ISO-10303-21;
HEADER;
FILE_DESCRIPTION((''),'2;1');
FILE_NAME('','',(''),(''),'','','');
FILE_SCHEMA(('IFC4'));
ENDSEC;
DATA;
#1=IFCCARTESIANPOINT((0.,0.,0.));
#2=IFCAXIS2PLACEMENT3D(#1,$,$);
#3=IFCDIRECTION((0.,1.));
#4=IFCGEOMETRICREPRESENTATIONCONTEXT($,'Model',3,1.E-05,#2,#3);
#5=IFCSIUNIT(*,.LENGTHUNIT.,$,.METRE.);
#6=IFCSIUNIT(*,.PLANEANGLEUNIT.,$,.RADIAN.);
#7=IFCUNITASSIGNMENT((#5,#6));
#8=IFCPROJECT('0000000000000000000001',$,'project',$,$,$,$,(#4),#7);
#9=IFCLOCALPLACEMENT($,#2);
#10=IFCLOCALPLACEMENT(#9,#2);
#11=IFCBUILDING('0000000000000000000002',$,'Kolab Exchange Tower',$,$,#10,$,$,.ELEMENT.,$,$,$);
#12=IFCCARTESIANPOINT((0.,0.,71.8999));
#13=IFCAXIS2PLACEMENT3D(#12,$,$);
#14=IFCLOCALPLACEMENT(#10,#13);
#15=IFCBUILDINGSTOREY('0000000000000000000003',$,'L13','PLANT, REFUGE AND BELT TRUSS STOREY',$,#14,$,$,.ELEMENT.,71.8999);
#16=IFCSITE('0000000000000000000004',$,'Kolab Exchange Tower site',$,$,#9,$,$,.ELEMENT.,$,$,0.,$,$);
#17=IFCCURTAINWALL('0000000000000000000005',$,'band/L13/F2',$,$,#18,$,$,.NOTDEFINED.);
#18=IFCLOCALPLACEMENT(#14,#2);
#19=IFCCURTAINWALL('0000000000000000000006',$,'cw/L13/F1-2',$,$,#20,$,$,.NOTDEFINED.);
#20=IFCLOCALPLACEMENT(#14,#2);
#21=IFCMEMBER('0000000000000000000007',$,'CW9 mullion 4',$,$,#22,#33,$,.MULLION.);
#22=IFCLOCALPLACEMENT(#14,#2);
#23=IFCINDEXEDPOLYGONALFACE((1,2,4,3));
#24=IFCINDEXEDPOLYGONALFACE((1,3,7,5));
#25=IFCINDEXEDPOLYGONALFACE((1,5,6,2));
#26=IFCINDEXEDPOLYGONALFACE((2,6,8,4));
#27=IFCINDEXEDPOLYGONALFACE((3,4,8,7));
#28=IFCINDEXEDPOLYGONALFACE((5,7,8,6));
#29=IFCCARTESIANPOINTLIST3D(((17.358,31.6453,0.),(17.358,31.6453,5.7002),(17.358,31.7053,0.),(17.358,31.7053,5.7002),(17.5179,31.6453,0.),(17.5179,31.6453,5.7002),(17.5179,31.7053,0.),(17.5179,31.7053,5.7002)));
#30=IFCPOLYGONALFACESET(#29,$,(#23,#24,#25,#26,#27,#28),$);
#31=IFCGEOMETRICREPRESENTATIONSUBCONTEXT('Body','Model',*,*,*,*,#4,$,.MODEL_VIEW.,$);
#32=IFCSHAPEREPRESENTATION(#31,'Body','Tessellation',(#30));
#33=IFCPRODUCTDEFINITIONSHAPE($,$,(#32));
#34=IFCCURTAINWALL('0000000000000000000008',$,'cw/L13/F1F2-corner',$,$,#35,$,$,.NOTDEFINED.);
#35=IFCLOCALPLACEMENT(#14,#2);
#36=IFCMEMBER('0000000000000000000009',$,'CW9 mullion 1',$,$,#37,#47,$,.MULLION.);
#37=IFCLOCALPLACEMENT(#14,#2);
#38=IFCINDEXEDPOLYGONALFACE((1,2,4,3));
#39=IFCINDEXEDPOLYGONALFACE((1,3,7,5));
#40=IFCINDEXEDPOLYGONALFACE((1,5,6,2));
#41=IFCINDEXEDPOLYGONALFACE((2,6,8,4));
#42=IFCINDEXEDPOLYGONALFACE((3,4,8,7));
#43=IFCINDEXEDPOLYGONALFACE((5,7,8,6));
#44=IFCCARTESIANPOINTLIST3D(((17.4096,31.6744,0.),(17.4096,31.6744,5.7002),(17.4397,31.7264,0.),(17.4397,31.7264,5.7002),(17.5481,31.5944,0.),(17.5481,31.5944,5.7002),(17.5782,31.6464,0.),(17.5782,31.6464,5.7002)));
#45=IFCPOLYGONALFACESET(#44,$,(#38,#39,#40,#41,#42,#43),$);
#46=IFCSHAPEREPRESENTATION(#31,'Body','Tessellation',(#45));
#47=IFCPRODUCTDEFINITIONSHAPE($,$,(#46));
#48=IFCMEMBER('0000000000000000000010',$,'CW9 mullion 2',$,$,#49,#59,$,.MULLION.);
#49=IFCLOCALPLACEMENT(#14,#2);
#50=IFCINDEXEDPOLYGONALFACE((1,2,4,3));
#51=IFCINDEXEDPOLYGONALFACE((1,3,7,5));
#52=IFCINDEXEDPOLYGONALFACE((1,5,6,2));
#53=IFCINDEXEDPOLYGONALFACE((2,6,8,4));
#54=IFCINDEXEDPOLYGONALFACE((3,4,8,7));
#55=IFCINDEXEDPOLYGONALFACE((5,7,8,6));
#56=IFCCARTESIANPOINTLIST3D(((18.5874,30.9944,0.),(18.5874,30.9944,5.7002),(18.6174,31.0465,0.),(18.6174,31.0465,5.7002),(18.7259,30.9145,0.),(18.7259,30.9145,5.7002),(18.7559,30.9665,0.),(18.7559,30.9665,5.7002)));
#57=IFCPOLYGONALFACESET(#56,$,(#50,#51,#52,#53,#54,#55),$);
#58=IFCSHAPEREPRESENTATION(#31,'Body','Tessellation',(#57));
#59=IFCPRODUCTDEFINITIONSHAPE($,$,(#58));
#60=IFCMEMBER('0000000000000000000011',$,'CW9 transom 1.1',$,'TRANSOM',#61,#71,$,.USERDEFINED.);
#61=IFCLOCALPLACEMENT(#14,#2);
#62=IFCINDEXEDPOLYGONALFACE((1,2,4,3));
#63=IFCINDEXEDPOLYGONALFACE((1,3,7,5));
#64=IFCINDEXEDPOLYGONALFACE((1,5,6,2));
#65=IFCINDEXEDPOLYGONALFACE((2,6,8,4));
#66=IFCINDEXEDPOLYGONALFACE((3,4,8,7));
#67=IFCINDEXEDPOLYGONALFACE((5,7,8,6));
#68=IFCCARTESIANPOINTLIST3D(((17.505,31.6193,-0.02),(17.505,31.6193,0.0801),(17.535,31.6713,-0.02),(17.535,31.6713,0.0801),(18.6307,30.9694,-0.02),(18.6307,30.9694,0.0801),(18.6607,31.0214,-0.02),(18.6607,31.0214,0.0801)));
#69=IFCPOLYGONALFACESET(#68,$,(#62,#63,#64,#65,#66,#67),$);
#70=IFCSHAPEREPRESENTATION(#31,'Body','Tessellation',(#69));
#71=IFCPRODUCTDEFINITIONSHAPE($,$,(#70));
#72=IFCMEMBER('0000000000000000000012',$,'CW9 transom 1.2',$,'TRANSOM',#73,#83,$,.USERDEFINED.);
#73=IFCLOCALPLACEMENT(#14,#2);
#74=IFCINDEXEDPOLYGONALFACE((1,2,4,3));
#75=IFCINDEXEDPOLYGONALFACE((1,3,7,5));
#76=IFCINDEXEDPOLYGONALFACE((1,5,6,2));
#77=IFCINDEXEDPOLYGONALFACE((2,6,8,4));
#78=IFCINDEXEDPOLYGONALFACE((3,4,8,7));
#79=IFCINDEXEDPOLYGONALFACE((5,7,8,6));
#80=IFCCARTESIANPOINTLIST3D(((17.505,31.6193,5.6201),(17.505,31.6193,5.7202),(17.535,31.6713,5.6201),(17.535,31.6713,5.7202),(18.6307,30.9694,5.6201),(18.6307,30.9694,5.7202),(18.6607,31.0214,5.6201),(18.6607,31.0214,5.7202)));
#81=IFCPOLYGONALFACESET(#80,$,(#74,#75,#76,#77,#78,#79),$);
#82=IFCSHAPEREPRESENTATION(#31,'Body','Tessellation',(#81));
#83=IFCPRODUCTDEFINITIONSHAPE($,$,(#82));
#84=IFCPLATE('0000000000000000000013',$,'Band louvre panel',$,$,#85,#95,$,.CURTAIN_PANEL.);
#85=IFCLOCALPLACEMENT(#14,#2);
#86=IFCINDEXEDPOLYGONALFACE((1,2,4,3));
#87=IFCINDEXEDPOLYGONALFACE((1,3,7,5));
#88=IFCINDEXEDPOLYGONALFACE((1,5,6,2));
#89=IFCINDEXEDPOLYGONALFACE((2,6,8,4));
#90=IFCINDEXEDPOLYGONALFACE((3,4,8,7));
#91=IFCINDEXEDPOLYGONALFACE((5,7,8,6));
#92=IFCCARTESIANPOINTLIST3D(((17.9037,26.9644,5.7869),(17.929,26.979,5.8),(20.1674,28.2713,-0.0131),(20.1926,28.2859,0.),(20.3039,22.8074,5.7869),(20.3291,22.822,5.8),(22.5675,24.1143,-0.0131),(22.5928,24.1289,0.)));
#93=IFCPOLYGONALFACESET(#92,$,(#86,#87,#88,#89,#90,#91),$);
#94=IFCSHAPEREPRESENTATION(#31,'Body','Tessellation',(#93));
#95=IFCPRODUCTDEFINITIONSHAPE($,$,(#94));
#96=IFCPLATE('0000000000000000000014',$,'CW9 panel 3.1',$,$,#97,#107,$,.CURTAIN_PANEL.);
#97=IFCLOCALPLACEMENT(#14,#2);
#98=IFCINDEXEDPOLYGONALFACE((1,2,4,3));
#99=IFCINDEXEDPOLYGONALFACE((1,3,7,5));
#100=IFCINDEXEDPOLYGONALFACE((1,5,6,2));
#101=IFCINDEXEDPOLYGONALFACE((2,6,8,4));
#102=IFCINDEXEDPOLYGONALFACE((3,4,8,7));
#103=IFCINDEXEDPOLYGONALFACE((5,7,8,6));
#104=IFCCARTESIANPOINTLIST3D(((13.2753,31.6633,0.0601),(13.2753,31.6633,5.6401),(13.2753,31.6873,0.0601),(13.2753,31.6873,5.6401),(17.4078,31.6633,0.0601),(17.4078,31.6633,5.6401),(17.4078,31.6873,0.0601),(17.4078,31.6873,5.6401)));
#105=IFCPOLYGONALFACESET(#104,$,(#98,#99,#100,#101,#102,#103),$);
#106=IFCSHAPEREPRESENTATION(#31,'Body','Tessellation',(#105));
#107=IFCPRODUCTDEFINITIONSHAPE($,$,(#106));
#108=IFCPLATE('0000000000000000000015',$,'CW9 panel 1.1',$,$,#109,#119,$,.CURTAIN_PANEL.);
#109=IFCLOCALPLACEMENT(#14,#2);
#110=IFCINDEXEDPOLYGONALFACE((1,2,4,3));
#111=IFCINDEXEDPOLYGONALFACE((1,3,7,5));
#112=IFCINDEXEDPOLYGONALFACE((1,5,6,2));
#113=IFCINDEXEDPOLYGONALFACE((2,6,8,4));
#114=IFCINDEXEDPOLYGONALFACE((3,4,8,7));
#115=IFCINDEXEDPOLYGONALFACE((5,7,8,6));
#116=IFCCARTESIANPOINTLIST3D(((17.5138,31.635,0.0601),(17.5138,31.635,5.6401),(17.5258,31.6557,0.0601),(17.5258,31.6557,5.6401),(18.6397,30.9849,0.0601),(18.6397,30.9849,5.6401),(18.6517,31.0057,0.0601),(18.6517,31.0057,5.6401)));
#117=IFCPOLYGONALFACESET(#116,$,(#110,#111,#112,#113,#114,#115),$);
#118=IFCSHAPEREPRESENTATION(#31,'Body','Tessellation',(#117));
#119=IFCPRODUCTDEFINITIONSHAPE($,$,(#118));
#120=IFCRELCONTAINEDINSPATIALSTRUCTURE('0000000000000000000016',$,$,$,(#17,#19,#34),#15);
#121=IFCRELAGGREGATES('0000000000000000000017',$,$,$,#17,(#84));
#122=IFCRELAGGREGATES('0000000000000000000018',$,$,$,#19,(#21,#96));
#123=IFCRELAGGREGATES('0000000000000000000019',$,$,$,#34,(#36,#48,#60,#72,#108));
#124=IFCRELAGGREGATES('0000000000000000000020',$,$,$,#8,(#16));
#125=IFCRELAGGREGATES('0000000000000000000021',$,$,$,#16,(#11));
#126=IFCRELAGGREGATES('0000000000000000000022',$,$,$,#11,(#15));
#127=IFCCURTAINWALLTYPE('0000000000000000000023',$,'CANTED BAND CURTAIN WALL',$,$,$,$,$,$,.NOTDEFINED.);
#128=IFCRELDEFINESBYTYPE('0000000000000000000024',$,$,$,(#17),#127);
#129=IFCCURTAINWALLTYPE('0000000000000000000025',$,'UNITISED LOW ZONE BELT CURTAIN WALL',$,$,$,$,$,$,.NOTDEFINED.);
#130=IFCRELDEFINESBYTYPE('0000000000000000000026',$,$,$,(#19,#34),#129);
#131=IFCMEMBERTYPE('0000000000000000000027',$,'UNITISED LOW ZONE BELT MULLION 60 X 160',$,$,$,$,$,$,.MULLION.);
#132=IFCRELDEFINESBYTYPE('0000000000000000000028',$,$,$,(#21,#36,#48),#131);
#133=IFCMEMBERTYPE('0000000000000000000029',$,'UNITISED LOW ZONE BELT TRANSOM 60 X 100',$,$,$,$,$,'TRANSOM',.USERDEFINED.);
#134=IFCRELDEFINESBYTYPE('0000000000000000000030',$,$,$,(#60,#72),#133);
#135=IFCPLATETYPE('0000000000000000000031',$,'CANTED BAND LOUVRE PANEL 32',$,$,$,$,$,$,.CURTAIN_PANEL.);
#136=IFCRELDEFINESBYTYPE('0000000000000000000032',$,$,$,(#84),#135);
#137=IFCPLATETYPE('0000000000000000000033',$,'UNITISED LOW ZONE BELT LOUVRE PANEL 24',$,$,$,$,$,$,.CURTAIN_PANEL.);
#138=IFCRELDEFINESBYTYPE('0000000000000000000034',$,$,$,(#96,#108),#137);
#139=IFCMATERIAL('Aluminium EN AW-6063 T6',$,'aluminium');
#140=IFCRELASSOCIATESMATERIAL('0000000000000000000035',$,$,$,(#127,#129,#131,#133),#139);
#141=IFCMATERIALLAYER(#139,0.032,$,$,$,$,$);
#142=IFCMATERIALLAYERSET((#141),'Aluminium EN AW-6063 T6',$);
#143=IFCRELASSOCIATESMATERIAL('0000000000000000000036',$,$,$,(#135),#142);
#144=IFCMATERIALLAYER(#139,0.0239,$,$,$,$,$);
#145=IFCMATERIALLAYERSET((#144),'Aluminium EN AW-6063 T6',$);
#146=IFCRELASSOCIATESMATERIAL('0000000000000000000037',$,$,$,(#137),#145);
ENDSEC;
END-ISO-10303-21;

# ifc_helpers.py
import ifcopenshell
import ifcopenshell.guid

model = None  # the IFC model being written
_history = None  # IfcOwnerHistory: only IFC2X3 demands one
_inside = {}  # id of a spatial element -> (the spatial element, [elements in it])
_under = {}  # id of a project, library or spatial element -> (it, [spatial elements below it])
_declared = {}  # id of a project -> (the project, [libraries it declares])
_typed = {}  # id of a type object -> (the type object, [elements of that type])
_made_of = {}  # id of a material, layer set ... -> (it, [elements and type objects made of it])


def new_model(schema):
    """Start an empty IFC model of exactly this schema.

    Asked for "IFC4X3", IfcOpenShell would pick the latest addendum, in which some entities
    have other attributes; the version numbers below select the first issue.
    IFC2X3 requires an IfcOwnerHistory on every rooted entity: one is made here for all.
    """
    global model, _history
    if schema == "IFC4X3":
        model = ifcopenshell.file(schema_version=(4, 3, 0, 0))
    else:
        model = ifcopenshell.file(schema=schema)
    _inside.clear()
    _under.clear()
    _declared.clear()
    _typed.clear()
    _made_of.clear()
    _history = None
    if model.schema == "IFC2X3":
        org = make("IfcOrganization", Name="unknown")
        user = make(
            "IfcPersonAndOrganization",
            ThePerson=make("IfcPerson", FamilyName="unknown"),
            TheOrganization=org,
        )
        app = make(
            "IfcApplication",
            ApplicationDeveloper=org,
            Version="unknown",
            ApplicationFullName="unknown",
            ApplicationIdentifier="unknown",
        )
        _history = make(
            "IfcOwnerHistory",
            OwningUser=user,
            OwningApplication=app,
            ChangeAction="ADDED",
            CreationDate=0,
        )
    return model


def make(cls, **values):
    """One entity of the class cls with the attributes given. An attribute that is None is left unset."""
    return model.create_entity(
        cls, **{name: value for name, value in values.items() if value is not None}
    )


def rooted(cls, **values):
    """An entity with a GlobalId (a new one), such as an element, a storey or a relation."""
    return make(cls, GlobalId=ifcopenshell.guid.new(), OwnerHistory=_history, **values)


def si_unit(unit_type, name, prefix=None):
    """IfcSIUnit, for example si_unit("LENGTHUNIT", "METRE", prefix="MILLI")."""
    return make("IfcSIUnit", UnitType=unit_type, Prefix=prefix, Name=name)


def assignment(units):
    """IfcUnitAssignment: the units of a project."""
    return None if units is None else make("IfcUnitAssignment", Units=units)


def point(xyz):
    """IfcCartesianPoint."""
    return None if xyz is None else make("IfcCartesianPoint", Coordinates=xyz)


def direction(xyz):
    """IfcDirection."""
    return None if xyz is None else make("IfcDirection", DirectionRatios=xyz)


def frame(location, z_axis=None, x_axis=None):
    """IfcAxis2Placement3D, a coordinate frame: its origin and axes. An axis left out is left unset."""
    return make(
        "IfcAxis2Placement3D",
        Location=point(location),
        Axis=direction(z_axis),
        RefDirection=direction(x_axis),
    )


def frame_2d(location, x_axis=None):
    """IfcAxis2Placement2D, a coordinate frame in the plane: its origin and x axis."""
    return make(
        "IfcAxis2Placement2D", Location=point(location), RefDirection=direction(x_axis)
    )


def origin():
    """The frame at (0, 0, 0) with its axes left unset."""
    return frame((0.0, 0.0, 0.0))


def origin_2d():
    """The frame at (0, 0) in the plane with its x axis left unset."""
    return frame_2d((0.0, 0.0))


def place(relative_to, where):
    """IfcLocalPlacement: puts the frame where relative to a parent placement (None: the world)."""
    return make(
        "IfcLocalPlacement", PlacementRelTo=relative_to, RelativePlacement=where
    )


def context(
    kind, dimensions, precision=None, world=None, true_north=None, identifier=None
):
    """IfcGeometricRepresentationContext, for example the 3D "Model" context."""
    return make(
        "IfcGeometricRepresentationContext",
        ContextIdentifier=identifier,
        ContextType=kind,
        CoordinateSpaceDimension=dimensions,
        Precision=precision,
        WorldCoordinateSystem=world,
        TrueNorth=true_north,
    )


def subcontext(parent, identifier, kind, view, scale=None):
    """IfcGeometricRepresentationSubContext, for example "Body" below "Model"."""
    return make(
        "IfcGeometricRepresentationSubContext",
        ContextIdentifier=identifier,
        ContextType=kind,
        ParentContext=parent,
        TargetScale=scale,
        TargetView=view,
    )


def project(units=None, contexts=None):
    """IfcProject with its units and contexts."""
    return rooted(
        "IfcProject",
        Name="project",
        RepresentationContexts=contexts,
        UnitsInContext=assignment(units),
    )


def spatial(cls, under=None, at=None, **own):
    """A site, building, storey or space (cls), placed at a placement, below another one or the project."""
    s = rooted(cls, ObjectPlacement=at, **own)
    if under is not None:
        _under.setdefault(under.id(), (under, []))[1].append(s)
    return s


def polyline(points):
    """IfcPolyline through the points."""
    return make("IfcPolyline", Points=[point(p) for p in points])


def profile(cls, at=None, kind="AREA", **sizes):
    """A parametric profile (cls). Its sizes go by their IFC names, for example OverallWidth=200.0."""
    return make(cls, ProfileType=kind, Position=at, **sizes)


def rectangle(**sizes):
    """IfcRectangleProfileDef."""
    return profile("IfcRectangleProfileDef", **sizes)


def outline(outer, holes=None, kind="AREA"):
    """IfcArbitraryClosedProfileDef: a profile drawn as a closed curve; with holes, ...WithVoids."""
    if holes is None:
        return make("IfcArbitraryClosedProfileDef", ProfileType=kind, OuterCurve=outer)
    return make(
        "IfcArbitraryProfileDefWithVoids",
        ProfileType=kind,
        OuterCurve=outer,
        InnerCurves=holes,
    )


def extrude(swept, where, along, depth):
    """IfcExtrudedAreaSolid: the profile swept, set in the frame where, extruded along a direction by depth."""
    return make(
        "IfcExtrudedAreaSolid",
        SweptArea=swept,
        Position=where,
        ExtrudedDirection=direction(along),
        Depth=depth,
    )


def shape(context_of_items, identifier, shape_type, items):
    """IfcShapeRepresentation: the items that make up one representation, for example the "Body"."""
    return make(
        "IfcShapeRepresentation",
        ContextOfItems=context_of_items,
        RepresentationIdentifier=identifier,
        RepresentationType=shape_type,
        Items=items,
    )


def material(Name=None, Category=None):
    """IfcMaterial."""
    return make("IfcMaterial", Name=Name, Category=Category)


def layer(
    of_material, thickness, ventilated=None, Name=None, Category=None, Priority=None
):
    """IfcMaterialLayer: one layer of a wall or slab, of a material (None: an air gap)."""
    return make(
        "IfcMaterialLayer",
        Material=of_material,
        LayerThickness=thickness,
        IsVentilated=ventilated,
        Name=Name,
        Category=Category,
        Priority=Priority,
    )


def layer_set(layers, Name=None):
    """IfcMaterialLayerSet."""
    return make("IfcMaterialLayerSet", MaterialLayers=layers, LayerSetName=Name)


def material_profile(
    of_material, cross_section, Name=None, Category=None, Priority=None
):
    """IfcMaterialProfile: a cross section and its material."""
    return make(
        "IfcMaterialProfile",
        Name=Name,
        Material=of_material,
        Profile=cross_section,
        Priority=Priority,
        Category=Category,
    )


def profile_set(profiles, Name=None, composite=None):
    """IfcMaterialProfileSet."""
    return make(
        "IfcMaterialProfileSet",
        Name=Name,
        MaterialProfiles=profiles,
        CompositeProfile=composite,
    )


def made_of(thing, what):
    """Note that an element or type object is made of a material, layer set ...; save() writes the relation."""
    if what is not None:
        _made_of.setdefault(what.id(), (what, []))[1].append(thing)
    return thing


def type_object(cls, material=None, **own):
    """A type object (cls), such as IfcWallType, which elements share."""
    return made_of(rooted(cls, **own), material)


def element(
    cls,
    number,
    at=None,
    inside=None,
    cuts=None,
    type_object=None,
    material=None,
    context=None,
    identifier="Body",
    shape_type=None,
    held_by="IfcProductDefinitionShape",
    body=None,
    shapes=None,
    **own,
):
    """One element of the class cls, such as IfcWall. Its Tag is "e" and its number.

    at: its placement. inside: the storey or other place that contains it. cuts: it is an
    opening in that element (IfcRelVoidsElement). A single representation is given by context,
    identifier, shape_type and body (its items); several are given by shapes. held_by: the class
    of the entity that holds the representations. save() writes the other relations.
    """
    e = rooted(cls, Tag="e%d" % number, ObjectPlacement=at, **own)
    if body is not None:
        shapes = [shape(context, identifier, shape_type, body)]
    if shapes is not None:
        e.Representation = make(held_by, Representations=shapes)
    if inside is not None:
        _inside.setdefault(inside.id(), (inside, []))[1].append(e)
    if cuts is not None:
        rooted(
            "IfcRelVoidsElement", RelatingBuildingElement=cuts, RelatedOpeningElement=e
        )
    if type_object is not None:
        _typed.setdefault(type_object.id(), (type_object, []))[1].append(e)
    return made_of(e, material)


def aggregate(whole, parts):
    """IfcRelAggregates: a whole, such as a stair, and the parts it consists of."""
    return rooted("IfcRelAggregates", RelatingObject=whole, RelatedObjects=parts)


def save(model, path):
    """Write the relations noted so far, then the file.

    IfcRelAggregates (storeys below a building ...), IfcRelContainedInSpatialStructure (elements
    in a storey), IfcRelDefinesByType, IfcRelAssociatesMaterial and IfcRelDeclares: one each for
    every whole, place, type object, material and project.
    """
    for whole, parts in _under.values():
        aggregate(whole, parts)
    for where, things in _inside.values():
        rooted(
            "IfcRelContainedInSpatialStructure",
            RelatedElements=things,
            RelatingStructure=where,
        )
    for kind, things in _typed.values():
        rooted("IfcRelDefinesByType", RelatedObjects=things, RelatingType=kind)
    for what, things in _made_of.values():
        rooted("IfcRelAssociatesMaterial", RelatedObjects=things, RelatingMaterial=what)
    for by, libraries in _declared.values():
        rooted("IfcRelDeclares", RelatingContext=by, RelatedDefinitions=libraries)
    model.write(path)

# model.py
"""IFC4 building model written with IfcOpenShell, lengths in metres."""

from ifc_helpers import new_model, si_unit, direction, frame, origin, origin_2d, place, context, subcontext, project, spatial, polyline, rectangle, outline, extrude, material, layer, layer_set, material_profile, profile_set, type_object, element, aggregate, save


model = new_model("IFC4")

# Units and contexts
model_context = context("Model", 3, precision=1e-05, world=origin(), true_north=direction((0.0, 1.0)))
body_context = subcontext(model_context, "Body", "Model", "MODEL_VIEW")
ifc_project = project(units=[si_unit("LENGTHUNIT", "METRE"), si_unit("PLANEANGLEUNIT", "RADIAN")], contexts=[model_context])

# Site, building, storey
site_placement = place(None, origin())
site = spatial("IfcSite", under=ifc_project, at=site_placement, Name="Kolab Exchange Tower site", CompositionType="ELEMENT", RefElevation=0.0)
building_placement = place(site_placement, origin())
building = spatial("IfcBuilding", under=site, at=building_placement, Name="Kolab Exchange Tower", CompositionType="ELEMENT")
storey_placement = place(building_placement, frame((0.0, 0.0, 71.8999)))
storey = spatial("IfcBuildingStorey", under=building, at=storey_placement, Name="L13", Description="PLANT, REFUGE AND BELT TRUSS STOREY", CompositionType="ELEMENT", Elevation=71.8999)

# Curtain wall
ifc_material_1 = material(Name="Aluminium EN AW-6063 T6", Category="aluminium")
curtain_wall_type_1 = type_object("IfcCurtainWallType", Name="CANTED BAND CURTAIN WALL", PredefinedType="NOTDEFINED", material=ifc_material_1)
curtain_wall_1_placement = place(storey_placement, origin())
curtain_wall_1 = element("IfcCurtainWall", 1, at=curtain_wall_1_placement, inside=storey, type_object=curtain_wall_type_1, Name="band/L13/F2", PredefinedType="NOTDEFINED")

# Curtain wall, member
curtain_wall_type_2 = type_object("IfcCurtainWallType", Name="UNITISED LOW ZONE BELT CURTAIN WALL", PredefinedType="NOTDEFINED", material=ifc_material_1)
curtain_wall_2_placement = place(storey_placement, origin())
curtain_wall_2 = element("IfcCurtainWall", 2, at=curtain_wall_2_placement, inside=storey, type_object=curtain_wall_type_2, Name="cw/L13/F1-2", PredefinedType="NOTDEFINED")
ifc_material_profile_1 = material_profile(ifc_material_1, rectangle(XDim=0.0601, YDim=0.1599, at=origin_2d()), Name="RECT 60X160")
ifc_profile_set_1 = profile_set([ifc_material_profile_1], Name="Aluminium EN AW-6063 T6")
member_type_1 = type_object("IfcMemberType", Name="UNITISED LOW ZONE BELT MULLION 60 X 160", PredefinedType="MULLION", material=ifc_profile_set_1)
member_1_placement = place(storey_placement, frame((17.438, 31.6753, 0.0), z_axis=(0.0, 0.0, 1.0), x_axis=(0.0, 1.0, 0.0)))
member_1 = element("IfcMember", 3, at=member_1_placement, type_object=member_type_1, Name="CW9 mullion 4", PredefinedType="MULLION", context=body_context, shape_type="SweptSolid", body=[
    extrude(rectangle(XDim=0.0601, YDim=0.1599, at=origin_2d()), origin(), (0.0, 0.0, 1.0), 5.7002),
])

# Curtain wall, members
curtain_wall_3_placement = place(storey_placement, origin())
curtain_wall_3 = element("IfcCurtainWall", 4, at=curtain_wall_3_placement, inside=storey, type_object=curtain_wall_type_2, Name="cw/L13/F1F2-corner", PredefinedType="NOTDEFINED")
member_2_placement = place(storey_placement, frame((17.4939, 31.6604, 0.0), z_axis=(0.0, 0.0, 1.0), x_axis=(0.5, 0.866025, 0.0)))
member_2 = element("IfcMember", 5, at=member_2_placement, type_object=member_type_1, Name="CW9 mullion 1", PredefinedType="MULLION", context=body_context, shape_type="SweptSolid", body=[
    extrude(rectangle(XDim=0.0601, YDim=0.1599, at=origin_2d()), origin(), (0.0, 0.0, 1.0), 5.7002),
])
member_3_placement = place(storey_placement, frame((18.6716, 30.9805, 0.0), z_axis=(0.0, 0.0, 1.0), x_axis=(0.5, 0.866025, 0.0)))
member_3 = element("IfcMember", 6, at=member_3_placement, type_object=member_type_1, Name="CW9 mullion 2", PredefinedType="MULLION", context=body_context, shape_type="SweptSolid", body=[
    extrude(rectangle(XDim=0.0601, YDim=0.1599, at=origin_2d()), origin(), (0.0, 0.0, 1.0), 5.7002),
])
ifc_material_profile_2 = material_profile(ifc_material_1, rectangle(XDim=0.0601, YDim=0.1001, at=origin_2d()), Name="RECT 60X100")
ifc_profile_set_2 = profile_set([ifc_material_profile_2], Name="Aluminium EN AW-6063 T6")
member_type_2 = type_object("IfcMemberType", Name="UNITISED LOW ZONE BELT TRANSOM 60 X 100", ElementType="TRANSOM", PredefinedType="USERDEFINED", material=ifc_profile_set_2)
member_4_placement = place(storey_placement, frame((17.52, 31.6453, 0.03), z_axis=(0.866039, -0.499977, 0.0), x_axis=(0.499977, 0.866039, 0.0)))
member_4 = element("IfcMember", 7, at=member_4_placement, type_object=member_type_2, Name="CW9 transom 1.1", ObjectType="TRANSOM", PredefinedType="USERDEFINED", context=body_context, shape_type="SweptSolid", body=[
    extrude(rectangle(XDim=0.0601, YDim=0.1001, at=origin_2d()), origin(), (0.0, 0.0, 1.0), 1.2998),
])
member_5_placement = place(storey_placement, frame((17.52, 31.6453, 5.6702), z_axis=(0.866039, -0.499977, 0.0), x_axis=(0.499977, 0.866039, 0.0)))
member_5 = element("IfcMember", 8, at=member_5_placement, type_object=member_type_2, Name="CW9 transom 1.2", ObjectType="TRANSOM", PredefinedType="USERDEFINED", context=body_context, shape_type="SweptSolid", body=[
    extrude(rectangle(XDim=0.0601, YDim=0.1001, at=origin_2d()), origin(), (0.0, 0.0, 1.0), 1.2998),
])

# Plates
ifc_layer_1 = layer(ifc_material_1, 0.032)
ifc_layer_set_1 = layer_set([ifc_layer_1], Name="Aluminium EN AW-6063 T6")
plate_type_1 = type_object("IfcPlateType", Name="CANTED BAND LOUVRE PANEL 32", PredefinedType="CURTAIN_PANEL", material=ifc_layer_set_1)
plate_1_placement = place(storey_placement, frame((20.1926, 28.2859, 0.0), z_axis=(0.789543, 0.455864, 0.410864), x_axis=(0.500017, -0.866015, 0.0)))
plate_1 = element("IfcPlate", 9, at=plate_1_placement, type_object=plate_type_1, Name="Band louvre panel", PredefinedType="CURTAIN_PANEL", context=body_context, shape_type="SweptSolid", body=[
    extrude(outline(polyline([(0.0, 0.0), (4.8001, 0.0), (4.8, -6.3618), (-0.0001, -6.3618), (0.0, 0.0)])), origin(), (0.0, 0.0, -1.0), 0.032),
])
aggregate(curtain_wall_1, [plate_1])
ifc_layer_2 = layer(ifc_material_1, 0.0239)
ifc_layer_set_2 = layer_set([ifc_layer_2], Name="Aluminium EN AW-6063 T6")
plate_type_2 = type_object("IfcPlateType", Name="UNITISED LOW ZONE BELT LOUVRE PANEL 24", PredefinedType="CURTAIN_PANEL", material=ifc_layer_set_2)
plate_2_placement = place(storey_placement, frame((15.3416, 31.6753, 0.0601), z_axis=(0.0, 0.0, 1.0), x_axis=(1.0, 0.0, 0.0)))
plate_2 = element("IfcPlate", 10, at=plate_2_placement, type_object=plate_type_2, Name="CW9 panel 3.1", PredefinedType="CURTAIN_PANEL", context=body_context, shape_type="SweptSolid", body=[
    extrude(rectangle(XDim=4.1326, YDim=0.0239, at=origin_2d()), origin(), (0.0, 0.0, 1.0), 5.5801),
])
aggregate(curtain_wall_2, [member_1, plate_2])
plate_3_placement = place(storey_placement, frame((18.0828, 31.3203, 0.0601), z_axis=(0.0, 0.0, 1.0), x_axis=(0.866025, -0.5, 0.0)))
plate_3 = element("IfcPlate", 11, at=plate_3_placement, type_object=plate_type_2, Name="CW9 panel 1.1", PredefinedType="CURTAIN_PANEL", context=body_context, shape_type="SweptSolid", body=[
    extrude(rectangle(XDim=1.3, YDim=0.0239, at=origin_2d()), origin(), (0.0, 0.0, 1.0), 5.5801),
])
aggregate(curtain_wall_3, [member_2, member_3, member_4, member_5, plate_3])

save(model, "model.ifc")
